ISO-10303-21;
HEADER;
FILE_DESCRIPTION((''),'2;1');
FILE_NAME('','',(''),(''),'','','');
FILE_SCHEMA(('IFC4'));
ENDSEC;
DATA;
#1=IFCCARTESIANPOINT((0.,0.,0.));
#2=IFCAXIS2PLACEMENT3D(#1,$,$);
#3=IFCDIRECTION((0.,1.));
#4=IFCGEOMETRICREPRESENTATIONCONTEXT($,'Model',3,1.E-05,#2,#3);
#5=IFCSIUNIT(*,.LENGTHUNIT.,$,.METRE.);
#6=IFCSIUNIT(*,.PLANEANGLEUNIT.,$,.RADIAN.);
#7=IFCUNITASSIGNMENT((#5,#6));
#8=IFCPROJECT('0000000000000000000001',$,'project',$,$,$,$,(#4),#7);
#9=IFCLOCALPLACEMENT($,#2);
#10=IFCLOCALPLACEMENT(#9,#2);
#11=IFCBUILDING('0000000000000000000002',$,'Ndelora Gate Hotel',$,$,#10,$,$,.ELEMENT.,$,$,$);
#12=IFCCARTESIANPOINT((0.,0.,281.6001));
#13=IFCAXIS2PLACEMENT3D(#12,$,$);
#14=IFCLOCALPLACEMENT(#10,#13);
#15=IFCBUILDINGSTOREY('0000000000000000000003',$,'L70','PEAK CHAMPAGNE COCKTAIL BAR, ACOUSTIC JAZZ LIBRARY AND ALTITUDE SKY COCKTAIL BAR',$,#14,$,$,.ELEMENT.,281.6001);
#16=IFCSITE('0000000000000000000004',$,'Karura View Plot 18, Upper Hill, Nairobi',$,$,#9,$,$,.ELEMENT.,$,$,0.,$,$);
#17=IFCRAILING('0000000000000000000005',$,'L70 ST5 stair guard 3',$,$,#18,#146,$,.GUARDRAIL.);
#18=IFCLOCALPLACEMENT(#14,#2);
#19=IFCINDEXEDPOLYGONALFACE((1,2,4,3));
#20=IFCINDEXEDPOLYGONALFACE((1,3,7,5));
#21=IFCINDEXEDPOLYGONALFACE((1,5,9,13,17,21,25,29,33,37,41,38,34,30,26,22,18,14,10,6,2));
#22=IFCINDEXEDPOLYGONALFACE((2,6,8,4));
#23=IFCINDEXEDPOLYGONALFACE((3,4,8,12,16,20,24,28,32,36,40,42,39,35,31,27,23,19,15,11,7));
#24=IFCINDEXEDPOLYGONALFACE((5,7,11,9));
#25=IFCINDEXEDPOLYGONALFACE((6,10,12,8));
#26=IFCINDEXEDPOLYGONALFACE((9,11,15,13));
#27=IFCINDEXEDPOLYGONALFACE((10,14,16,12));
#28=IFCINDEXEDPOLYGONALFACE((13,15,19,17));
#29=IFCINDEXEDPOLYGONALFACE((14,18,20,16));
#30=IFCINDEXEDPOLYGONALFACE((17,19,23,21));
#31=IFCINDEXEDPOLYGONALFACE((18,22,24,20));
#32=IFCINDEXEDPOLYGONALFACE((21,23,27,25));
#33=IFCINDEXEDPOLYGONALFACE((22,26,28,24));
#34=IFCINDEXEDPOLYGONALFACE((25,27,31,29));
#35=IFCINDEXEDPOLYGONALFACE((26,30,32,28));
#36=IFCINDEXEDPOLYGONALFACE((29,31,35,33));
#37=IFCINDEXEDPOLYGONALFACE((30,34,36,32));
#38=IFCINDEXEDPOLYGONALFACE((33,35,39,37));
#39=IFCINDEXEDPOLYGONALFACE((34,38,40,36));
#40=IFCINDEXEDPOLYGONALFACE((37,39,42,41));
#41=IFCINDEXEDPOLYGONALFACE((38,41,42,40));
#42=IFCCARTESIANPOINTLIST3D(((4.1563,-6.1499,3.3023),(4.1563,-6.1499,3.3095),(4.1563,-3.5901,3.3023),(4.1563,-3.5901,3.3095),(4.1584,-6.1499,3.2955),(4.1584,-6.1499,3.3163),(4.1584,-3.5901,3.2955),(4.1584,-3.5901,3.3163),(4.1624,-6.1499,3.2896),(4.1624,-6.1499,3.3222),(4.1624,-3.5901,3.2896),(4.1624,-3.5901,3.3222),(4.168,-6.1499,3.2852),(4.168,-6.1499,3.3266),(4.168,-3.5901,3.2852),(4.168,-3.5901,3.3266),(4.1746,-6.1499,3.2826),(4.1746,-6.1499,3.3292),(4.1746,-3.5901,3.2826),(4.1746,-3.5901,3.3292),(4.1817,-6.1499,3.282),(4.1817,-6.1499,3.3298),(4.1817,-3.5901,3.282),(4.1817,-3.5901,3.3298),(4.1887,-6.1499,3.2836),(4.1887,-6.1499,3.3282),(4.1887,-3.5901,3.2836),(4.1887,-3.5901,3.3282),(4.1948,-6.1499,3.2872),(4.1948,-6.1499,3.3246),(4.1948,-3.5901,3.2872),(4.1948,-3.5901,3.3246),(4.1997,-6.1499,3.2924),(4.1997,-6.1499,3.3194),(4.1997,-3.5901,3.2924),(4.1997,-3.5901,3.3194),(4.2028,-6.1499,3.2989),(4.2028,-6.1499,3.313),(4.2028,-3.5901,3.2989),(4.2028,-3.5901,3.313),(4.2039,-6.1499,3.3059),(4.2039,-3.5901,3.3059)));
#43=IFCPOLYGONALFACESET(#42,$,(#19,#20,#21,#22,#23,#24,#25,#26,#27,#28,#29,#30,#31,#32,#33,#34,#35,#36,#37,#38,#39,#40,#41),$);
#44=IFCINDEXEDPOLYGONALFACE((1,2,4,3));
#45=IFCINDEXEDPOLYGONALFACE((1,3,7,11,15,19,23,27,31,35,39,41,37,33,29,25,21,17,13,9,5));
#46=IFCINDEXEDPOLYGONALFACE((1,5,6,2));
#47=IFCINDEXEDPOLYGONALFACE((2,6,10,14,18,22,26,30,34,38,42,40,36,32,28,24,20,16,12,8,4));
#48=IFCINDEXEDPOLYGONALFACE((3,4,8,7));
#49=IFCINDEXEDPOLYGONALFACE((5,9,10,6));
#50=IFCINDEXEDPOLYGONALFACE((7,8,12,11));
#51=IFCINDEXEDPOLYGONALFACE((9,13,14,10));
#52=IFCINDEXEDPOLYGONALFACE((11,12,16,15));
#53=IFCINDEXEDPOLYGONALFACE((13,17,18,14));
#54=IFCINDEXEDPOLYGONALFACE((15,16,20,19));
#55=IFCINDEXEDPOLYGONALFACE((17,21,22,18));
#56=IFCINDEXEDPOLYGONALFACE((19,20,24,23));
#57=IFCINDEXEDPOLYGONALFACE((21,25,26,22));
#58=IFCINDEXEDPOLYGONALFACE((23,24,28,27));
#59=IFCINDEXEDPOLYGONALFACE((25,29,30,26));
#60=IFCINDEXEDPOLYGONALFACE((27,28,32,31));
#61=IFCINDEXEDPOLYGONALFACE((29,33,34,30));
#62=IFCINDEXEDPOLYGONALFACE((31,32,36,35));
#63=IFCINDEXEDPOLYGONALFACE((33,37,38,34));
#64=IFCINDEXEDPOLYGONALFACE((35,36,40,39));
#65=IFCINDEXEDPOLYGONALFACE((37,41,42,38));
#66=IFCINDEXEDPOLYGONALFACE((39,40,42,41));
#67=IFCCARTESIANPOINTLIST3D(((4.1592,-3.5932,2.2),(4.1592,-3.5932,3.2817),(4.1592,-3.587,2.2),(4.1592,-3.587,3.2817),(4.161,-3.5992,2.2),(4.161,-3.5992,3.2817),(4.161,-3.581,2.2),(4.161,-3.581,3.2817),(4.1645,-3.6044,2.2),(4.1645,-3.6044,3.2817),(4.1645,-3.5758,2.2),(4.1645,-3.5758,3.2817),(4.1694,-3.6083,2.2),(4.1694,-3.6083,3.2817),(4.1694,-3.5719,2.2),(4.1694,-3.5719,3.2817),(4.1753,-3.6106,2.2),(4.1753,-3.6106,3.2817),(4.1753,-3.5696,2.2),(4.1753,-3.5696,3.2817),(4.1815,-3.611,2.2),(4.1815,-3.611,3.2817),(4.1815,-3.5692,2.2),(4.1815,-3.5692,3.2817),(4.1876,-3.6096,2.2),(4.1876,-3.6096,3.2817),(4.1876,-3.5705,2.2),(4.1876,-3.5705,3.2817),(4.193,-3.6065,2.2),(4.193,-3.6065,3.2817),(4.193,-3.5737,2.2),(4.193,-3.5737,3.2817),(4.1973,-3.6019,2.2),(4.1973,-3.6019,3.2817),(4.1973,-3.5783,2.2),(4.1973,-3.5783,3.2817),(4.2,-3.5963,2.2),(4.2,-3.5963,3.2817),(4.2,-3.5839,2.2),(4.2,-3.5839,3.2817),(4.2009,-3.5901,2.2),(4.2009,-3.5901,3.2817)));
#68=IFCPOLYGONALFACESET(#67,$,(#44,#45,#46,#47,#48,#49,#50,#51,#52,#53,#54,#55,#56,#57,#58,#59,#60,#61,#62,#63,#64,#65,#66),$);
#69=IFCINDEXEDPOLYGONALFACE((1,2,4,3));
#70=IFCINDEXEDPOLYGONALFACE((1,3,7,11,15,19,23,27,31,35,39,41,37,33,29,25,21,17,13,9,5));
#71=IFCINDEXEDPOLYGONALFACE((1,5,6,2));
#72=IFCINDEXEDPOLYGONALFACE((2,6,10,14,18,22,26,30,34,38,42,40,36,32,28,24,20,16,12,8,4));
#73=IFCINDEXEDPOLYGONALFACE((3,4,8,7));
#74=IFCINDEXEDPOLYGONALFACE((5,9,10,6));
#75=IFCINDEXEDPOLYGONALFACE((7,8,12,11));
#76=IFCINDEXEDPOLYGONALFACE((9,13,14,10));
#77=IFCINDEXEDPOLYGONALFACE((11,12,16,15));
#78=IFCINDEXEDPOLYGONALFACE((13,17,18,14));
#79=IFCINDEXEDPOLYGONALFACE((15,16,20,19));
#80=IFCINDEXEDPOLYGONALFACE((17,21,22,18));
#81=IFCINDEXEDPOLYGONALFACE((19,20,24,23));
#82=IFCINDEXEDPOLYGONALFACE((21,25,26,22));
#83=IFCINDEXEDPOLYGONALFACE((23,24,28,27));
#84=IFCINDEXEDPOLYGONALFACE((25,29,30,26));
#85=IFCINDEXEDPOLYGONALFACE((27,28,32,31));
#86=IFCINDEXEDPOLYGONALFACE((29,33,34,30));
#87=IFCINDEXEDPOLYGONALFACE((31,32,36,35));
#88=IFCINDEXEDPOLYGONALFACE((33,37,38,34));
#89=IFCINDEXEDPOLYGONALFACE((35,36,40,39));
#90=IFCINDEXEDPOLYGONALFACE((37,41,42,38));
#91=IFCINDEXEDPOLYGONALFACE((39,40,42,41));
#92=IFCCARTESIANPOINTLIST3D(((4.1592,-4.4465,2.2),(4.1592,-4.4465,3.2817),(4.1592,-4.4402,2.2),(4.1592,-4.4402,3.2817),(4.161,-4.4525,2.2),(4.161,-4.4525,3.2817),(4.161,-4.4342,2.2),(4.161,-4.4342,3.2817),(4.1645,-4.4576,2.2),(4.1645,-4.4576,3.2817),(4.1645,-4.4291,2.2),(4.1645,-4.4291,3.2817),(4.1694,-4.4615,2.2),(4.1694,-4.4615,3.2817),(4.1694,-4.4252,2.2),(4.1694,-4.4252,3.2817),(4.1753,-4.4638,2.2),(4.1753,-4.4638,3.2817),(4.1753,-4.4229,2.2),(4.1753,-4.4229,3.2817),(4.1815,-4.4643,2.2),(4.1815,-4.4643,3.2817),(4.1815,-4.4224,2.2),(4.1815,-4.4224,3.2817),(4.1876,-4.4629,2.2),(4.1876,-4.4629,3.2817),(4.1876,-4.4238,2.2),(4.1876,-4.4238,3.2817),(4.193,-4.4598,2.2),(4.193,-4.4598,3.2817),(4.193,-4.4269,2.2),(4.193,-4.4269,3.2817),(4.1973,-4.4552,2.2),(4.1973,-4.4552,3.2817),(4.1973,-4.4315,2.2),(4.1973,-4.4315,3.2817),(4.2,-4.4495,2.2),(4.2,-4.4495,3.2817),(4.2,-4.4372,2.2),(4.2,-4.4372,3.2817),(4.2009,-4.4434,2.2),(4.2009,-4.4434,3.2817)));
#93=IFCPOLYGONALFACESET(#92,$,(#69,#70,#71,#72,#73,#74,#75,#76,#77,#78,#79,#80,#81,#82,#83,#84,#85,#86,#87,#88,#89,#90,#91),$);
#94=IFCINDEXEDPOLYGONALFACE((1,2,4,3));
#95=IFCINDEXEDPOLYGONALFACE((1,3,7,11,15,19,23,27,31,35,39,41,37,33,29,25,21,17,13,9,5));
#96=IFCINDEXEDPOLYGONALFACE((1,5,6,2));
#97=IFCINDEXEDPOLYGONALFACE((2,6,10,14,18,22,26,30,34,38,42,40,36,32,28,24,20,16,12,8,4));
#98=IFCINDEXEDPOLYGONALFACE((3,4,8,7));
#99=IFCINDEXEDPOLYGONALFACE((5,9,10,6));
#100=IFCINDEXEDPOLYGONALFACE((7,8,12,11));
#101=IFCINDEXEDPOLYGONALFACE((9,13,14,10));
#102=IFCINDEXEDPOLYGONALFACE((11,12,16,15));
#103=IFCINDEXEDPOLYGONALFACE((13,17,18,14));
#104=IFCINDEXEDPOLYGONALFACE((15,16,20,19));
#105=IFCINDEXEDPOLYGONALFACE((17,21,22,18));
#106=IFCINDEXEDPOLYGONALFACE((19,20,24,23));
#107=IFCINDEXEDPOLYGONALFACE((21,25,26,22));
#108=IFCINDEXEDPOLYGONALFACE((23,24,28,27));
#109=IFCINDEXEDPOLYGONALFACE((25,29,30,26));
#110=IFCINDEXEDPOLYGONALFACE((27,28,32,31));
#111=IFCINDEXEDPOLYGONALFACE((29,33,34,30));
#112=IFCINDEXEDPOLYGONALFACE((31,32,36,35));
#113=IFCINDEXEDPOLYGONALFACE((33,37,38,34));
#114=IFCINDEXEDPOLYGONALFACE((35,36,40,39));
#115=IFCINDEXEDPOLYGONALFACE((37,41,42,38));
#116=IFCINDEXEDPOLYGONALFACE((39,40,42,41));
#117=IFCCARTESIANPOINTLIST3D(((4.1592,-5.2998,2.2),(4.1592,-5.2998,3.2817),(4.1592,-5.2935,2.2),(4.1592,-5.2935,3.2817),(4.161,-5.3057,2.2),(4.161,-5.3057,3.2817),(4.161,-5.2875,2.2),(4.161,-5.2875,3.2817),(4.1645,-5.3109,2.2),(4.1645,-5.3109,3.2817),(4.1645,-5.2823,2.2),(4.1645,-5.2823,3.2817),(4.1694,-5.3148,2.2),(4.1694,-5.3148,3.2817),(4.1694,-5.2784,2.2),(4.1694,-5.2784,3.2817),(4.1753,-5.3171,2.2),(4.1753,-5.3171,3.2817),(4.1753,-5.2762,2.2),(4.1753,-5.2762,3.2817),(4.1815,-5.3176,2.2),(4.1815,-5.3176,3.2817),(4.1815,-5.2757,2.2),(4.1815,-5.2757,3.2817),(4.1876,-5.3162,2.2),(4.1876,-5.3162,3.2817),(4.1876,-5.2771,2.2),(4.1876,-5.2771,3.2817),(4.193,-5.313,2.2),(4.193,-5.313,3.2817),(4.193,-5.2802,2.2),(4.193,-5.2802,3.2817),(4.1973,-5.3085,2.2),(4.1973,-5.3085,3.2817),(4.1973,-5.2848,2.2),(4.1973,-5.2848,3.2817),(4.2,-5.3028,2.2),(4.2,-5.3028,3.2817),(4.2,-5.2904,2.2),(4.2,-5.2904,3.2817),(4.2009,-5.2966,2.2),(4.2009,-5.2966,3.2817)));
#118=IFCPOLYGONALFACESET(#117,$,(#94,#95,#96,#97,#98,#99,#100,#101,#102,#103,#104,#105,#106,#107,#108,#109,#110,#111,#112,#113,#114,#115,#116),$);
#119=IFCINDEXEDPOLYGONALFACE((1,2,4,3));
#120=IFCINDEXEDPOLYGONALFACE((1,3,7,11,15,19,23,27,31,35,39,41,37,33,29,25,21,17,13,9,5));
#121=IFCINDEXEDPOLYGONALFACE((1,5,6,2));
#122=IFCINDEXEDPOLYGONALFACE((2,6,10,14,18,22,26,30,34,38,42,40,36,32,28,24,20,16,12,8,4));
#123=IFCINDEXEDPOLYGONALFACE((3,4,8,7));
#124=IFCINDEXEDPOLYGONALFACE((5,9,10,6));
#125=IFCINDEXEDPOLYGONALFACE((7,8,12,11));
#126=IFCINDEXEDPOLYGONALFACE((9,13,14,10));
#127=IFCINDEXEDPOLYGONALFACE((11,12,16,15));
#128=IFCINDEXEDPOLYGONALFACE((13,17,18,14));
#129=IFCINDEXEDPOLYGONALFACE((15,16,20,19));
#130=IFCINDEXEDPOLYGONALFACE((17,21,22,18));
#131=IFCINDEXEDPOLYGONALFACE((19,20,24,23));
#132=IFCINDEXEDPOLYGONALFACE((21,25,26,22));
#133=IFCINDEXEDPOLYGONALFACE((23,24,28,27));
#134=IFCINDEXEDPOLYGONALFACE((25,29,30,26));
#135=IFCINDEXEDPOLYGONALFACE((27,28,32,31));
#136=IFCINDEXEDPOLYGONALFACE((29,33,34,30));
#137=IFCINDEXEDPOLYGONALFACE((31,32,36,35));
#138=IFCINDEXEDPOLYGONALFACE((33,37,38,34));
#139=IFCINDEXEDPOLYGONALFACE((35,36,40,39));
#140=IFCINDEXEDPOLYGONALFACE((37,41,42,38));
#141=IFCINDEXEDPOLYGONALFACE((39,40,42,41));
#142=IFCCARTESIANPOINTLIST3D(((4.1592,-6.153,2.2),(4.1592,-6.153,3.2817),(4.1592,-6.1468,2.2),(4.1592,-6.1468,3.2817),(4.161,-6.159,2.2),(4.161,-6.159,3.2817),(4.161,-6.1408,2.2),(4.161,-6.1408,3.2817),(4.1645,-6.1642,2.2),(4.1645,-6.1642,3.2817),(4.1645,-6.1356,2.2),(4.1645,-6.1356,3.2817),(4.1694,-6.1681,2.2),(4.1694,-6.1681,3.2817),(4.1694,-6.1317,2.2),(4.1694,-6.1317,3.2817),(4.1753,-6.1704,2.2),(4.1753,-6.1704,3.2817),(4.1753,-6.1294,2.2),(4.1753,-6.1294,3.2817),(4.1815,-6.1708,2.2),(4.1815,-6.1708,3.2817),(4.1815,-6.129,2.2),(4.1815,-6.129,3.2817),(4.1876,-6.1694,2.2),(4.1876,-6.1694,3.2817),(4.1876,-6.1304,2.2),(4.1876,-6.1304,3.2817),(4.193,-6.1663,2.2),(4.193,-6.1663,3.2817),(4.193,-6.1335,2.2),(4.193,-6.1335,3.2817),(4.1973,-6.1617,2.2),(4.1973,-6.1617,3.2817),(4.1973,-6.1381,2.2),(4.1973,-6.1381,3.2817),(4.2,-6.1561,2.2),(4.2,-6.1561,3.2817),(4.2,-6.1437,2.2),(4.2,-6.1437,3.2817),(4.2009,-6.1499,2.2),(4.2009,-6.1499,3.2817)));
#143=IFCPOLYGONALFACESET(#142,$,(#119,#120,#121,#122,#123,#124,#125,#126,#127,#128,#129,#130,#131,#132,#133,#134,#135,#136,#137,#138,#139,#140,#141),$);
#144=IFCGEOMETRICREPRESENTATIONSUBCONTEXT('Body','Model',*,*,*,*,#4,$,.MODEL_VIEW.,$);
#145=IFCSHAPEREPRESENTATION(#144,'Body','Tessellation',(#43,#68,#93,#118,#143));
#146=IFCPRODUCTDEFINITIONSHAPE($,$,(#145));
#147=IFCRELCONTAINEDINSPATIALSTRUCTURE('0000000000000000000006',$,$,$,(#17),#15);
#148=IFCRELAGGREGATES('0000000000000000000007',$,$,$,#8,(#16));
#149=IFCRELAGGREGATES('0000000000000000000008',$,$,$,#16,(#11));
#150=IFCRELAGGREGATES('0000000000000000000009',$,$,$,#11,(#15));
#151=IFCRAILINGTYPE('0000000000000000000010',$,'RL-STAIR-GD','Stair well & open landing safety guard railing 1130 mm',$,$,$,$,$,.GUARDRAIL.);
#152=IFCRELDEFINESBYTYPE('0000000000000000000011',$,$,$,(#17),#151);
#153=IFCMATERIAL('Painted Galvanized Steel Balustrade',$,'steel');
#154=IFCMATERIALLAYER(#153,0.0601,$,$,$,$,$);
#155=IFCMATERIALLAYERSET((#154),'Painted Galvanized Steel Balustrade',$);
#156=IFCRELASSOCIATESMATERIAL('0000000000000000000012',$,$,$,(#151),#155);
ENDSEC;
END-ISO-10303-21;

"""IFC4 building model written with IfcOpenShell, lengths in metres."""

from ifc_helpers import new_model, si_unit, direction, frame, origin, origin_2d, place, context, subcontext, project, spatial, circle, extrude, material, layer, layer_set, type_object, element, save


model = new_model("IFC4")

# Units and contexts
model_context = context("Model", 3, precision=1e-05, world=origin(), true_north=direction((0.0, 1.0)))
body_context = subcontext(model_context, "Body", "Model", "MODEL_VIEW")
ifc_project = project(units=[si_unit("LENGTHUNIT", "METRE"), si_unit("PLANEANGLEUNIT", "RADIAN")], contexts=[model_context])

# Site, building, storey
site_placement = place(None, origin())
site = spatial("IfcSite", under=ifc_project, at=site_placement, Name="Karura View Plot 18, Upper Hill, Nairobi", CompositionType="ELEMENT", RefElevation=0.0)
building_placement = place(site_placement, origin())
building = spatial("IfcBuilding", under=site, at=building_placement, Name="Ndelora Gate Hotel", CompositionType="ELEMENT")
storey_placement = place(building_placement, frame((0.0, 0.0, 281.6001)))
storey = spatial("IfcBuildingStorey", under=building, at=storey_placement, Name="L70", Description="PEAK CHAMPAGNE COCKTAIL BAR, ACOUSTIC JAZZ LIBRARY AND ALTITUDE SKY COCKTAIL BAR", CompositionType="ELEMENT", Elevation=281.6001)

# Railing
ifc_material_1 = material(Name="Painted Galvanized Steel Balustrade", Category="steel")
ifc_layer_1 = layer(ifc_material_1, 0.0601)
ifc_layer_set_1 = layer_set([ifc_layer_1], Name="Painted Galvanized Steel Balustrade")
railing_type_1 = type_object("IfcRailingType", Name="RL-STAIR-GD", Description="Stair well & open landing safety guard railing 1130 mm", PredefinedType="GUARDRAIL", material=ifc_layer_set_1)
for number, where, name in (
    (1, (4.1799, -3.5901, 2.2), "L70 ST5 stair guard 3"),
):
    element("IfcRailing", number, at=place(storey_placement, frame(where)), inside=storey, type_object=railing_type_1, Name=name, PredefinedType="GUARDRAIL", context=body_context, shape_type="SweptSolid", body=[
        extrude(circle(Radius=0.0239, at=origin_2d()), frame((0.0, 0.0, 1.106), z_axis=(0.0, -1.0, 0.0), x_axis=(1.0, 0.0, 0.0)), (0.0, 0.0, 1.0), 2.5598),
        extrude(circle(Radius=0.021, at=origin_2d()), origin(), (0.0, 0.0, 1.0), 1.0818),
        extrude(circle(Radius=0.021, at=origin_2d()), frame((0.0, -0.8533, 0.0)), (0.0, 0.0, 1.0), 1.0818),
        extrude(circle(Radius=0.021, at=origin_2d()), frame((0.0, -1.7065, 0.0)), (0.0, 0.0, 1.0), 1.0818),
        extrude(circle(Radius=0.021, at=origin_2d()), frame((0.0, -2.5598, 0.0)), (0.0, 0.0, 1.0), 1.0818),
    ])

save(model, "model.ifc")
